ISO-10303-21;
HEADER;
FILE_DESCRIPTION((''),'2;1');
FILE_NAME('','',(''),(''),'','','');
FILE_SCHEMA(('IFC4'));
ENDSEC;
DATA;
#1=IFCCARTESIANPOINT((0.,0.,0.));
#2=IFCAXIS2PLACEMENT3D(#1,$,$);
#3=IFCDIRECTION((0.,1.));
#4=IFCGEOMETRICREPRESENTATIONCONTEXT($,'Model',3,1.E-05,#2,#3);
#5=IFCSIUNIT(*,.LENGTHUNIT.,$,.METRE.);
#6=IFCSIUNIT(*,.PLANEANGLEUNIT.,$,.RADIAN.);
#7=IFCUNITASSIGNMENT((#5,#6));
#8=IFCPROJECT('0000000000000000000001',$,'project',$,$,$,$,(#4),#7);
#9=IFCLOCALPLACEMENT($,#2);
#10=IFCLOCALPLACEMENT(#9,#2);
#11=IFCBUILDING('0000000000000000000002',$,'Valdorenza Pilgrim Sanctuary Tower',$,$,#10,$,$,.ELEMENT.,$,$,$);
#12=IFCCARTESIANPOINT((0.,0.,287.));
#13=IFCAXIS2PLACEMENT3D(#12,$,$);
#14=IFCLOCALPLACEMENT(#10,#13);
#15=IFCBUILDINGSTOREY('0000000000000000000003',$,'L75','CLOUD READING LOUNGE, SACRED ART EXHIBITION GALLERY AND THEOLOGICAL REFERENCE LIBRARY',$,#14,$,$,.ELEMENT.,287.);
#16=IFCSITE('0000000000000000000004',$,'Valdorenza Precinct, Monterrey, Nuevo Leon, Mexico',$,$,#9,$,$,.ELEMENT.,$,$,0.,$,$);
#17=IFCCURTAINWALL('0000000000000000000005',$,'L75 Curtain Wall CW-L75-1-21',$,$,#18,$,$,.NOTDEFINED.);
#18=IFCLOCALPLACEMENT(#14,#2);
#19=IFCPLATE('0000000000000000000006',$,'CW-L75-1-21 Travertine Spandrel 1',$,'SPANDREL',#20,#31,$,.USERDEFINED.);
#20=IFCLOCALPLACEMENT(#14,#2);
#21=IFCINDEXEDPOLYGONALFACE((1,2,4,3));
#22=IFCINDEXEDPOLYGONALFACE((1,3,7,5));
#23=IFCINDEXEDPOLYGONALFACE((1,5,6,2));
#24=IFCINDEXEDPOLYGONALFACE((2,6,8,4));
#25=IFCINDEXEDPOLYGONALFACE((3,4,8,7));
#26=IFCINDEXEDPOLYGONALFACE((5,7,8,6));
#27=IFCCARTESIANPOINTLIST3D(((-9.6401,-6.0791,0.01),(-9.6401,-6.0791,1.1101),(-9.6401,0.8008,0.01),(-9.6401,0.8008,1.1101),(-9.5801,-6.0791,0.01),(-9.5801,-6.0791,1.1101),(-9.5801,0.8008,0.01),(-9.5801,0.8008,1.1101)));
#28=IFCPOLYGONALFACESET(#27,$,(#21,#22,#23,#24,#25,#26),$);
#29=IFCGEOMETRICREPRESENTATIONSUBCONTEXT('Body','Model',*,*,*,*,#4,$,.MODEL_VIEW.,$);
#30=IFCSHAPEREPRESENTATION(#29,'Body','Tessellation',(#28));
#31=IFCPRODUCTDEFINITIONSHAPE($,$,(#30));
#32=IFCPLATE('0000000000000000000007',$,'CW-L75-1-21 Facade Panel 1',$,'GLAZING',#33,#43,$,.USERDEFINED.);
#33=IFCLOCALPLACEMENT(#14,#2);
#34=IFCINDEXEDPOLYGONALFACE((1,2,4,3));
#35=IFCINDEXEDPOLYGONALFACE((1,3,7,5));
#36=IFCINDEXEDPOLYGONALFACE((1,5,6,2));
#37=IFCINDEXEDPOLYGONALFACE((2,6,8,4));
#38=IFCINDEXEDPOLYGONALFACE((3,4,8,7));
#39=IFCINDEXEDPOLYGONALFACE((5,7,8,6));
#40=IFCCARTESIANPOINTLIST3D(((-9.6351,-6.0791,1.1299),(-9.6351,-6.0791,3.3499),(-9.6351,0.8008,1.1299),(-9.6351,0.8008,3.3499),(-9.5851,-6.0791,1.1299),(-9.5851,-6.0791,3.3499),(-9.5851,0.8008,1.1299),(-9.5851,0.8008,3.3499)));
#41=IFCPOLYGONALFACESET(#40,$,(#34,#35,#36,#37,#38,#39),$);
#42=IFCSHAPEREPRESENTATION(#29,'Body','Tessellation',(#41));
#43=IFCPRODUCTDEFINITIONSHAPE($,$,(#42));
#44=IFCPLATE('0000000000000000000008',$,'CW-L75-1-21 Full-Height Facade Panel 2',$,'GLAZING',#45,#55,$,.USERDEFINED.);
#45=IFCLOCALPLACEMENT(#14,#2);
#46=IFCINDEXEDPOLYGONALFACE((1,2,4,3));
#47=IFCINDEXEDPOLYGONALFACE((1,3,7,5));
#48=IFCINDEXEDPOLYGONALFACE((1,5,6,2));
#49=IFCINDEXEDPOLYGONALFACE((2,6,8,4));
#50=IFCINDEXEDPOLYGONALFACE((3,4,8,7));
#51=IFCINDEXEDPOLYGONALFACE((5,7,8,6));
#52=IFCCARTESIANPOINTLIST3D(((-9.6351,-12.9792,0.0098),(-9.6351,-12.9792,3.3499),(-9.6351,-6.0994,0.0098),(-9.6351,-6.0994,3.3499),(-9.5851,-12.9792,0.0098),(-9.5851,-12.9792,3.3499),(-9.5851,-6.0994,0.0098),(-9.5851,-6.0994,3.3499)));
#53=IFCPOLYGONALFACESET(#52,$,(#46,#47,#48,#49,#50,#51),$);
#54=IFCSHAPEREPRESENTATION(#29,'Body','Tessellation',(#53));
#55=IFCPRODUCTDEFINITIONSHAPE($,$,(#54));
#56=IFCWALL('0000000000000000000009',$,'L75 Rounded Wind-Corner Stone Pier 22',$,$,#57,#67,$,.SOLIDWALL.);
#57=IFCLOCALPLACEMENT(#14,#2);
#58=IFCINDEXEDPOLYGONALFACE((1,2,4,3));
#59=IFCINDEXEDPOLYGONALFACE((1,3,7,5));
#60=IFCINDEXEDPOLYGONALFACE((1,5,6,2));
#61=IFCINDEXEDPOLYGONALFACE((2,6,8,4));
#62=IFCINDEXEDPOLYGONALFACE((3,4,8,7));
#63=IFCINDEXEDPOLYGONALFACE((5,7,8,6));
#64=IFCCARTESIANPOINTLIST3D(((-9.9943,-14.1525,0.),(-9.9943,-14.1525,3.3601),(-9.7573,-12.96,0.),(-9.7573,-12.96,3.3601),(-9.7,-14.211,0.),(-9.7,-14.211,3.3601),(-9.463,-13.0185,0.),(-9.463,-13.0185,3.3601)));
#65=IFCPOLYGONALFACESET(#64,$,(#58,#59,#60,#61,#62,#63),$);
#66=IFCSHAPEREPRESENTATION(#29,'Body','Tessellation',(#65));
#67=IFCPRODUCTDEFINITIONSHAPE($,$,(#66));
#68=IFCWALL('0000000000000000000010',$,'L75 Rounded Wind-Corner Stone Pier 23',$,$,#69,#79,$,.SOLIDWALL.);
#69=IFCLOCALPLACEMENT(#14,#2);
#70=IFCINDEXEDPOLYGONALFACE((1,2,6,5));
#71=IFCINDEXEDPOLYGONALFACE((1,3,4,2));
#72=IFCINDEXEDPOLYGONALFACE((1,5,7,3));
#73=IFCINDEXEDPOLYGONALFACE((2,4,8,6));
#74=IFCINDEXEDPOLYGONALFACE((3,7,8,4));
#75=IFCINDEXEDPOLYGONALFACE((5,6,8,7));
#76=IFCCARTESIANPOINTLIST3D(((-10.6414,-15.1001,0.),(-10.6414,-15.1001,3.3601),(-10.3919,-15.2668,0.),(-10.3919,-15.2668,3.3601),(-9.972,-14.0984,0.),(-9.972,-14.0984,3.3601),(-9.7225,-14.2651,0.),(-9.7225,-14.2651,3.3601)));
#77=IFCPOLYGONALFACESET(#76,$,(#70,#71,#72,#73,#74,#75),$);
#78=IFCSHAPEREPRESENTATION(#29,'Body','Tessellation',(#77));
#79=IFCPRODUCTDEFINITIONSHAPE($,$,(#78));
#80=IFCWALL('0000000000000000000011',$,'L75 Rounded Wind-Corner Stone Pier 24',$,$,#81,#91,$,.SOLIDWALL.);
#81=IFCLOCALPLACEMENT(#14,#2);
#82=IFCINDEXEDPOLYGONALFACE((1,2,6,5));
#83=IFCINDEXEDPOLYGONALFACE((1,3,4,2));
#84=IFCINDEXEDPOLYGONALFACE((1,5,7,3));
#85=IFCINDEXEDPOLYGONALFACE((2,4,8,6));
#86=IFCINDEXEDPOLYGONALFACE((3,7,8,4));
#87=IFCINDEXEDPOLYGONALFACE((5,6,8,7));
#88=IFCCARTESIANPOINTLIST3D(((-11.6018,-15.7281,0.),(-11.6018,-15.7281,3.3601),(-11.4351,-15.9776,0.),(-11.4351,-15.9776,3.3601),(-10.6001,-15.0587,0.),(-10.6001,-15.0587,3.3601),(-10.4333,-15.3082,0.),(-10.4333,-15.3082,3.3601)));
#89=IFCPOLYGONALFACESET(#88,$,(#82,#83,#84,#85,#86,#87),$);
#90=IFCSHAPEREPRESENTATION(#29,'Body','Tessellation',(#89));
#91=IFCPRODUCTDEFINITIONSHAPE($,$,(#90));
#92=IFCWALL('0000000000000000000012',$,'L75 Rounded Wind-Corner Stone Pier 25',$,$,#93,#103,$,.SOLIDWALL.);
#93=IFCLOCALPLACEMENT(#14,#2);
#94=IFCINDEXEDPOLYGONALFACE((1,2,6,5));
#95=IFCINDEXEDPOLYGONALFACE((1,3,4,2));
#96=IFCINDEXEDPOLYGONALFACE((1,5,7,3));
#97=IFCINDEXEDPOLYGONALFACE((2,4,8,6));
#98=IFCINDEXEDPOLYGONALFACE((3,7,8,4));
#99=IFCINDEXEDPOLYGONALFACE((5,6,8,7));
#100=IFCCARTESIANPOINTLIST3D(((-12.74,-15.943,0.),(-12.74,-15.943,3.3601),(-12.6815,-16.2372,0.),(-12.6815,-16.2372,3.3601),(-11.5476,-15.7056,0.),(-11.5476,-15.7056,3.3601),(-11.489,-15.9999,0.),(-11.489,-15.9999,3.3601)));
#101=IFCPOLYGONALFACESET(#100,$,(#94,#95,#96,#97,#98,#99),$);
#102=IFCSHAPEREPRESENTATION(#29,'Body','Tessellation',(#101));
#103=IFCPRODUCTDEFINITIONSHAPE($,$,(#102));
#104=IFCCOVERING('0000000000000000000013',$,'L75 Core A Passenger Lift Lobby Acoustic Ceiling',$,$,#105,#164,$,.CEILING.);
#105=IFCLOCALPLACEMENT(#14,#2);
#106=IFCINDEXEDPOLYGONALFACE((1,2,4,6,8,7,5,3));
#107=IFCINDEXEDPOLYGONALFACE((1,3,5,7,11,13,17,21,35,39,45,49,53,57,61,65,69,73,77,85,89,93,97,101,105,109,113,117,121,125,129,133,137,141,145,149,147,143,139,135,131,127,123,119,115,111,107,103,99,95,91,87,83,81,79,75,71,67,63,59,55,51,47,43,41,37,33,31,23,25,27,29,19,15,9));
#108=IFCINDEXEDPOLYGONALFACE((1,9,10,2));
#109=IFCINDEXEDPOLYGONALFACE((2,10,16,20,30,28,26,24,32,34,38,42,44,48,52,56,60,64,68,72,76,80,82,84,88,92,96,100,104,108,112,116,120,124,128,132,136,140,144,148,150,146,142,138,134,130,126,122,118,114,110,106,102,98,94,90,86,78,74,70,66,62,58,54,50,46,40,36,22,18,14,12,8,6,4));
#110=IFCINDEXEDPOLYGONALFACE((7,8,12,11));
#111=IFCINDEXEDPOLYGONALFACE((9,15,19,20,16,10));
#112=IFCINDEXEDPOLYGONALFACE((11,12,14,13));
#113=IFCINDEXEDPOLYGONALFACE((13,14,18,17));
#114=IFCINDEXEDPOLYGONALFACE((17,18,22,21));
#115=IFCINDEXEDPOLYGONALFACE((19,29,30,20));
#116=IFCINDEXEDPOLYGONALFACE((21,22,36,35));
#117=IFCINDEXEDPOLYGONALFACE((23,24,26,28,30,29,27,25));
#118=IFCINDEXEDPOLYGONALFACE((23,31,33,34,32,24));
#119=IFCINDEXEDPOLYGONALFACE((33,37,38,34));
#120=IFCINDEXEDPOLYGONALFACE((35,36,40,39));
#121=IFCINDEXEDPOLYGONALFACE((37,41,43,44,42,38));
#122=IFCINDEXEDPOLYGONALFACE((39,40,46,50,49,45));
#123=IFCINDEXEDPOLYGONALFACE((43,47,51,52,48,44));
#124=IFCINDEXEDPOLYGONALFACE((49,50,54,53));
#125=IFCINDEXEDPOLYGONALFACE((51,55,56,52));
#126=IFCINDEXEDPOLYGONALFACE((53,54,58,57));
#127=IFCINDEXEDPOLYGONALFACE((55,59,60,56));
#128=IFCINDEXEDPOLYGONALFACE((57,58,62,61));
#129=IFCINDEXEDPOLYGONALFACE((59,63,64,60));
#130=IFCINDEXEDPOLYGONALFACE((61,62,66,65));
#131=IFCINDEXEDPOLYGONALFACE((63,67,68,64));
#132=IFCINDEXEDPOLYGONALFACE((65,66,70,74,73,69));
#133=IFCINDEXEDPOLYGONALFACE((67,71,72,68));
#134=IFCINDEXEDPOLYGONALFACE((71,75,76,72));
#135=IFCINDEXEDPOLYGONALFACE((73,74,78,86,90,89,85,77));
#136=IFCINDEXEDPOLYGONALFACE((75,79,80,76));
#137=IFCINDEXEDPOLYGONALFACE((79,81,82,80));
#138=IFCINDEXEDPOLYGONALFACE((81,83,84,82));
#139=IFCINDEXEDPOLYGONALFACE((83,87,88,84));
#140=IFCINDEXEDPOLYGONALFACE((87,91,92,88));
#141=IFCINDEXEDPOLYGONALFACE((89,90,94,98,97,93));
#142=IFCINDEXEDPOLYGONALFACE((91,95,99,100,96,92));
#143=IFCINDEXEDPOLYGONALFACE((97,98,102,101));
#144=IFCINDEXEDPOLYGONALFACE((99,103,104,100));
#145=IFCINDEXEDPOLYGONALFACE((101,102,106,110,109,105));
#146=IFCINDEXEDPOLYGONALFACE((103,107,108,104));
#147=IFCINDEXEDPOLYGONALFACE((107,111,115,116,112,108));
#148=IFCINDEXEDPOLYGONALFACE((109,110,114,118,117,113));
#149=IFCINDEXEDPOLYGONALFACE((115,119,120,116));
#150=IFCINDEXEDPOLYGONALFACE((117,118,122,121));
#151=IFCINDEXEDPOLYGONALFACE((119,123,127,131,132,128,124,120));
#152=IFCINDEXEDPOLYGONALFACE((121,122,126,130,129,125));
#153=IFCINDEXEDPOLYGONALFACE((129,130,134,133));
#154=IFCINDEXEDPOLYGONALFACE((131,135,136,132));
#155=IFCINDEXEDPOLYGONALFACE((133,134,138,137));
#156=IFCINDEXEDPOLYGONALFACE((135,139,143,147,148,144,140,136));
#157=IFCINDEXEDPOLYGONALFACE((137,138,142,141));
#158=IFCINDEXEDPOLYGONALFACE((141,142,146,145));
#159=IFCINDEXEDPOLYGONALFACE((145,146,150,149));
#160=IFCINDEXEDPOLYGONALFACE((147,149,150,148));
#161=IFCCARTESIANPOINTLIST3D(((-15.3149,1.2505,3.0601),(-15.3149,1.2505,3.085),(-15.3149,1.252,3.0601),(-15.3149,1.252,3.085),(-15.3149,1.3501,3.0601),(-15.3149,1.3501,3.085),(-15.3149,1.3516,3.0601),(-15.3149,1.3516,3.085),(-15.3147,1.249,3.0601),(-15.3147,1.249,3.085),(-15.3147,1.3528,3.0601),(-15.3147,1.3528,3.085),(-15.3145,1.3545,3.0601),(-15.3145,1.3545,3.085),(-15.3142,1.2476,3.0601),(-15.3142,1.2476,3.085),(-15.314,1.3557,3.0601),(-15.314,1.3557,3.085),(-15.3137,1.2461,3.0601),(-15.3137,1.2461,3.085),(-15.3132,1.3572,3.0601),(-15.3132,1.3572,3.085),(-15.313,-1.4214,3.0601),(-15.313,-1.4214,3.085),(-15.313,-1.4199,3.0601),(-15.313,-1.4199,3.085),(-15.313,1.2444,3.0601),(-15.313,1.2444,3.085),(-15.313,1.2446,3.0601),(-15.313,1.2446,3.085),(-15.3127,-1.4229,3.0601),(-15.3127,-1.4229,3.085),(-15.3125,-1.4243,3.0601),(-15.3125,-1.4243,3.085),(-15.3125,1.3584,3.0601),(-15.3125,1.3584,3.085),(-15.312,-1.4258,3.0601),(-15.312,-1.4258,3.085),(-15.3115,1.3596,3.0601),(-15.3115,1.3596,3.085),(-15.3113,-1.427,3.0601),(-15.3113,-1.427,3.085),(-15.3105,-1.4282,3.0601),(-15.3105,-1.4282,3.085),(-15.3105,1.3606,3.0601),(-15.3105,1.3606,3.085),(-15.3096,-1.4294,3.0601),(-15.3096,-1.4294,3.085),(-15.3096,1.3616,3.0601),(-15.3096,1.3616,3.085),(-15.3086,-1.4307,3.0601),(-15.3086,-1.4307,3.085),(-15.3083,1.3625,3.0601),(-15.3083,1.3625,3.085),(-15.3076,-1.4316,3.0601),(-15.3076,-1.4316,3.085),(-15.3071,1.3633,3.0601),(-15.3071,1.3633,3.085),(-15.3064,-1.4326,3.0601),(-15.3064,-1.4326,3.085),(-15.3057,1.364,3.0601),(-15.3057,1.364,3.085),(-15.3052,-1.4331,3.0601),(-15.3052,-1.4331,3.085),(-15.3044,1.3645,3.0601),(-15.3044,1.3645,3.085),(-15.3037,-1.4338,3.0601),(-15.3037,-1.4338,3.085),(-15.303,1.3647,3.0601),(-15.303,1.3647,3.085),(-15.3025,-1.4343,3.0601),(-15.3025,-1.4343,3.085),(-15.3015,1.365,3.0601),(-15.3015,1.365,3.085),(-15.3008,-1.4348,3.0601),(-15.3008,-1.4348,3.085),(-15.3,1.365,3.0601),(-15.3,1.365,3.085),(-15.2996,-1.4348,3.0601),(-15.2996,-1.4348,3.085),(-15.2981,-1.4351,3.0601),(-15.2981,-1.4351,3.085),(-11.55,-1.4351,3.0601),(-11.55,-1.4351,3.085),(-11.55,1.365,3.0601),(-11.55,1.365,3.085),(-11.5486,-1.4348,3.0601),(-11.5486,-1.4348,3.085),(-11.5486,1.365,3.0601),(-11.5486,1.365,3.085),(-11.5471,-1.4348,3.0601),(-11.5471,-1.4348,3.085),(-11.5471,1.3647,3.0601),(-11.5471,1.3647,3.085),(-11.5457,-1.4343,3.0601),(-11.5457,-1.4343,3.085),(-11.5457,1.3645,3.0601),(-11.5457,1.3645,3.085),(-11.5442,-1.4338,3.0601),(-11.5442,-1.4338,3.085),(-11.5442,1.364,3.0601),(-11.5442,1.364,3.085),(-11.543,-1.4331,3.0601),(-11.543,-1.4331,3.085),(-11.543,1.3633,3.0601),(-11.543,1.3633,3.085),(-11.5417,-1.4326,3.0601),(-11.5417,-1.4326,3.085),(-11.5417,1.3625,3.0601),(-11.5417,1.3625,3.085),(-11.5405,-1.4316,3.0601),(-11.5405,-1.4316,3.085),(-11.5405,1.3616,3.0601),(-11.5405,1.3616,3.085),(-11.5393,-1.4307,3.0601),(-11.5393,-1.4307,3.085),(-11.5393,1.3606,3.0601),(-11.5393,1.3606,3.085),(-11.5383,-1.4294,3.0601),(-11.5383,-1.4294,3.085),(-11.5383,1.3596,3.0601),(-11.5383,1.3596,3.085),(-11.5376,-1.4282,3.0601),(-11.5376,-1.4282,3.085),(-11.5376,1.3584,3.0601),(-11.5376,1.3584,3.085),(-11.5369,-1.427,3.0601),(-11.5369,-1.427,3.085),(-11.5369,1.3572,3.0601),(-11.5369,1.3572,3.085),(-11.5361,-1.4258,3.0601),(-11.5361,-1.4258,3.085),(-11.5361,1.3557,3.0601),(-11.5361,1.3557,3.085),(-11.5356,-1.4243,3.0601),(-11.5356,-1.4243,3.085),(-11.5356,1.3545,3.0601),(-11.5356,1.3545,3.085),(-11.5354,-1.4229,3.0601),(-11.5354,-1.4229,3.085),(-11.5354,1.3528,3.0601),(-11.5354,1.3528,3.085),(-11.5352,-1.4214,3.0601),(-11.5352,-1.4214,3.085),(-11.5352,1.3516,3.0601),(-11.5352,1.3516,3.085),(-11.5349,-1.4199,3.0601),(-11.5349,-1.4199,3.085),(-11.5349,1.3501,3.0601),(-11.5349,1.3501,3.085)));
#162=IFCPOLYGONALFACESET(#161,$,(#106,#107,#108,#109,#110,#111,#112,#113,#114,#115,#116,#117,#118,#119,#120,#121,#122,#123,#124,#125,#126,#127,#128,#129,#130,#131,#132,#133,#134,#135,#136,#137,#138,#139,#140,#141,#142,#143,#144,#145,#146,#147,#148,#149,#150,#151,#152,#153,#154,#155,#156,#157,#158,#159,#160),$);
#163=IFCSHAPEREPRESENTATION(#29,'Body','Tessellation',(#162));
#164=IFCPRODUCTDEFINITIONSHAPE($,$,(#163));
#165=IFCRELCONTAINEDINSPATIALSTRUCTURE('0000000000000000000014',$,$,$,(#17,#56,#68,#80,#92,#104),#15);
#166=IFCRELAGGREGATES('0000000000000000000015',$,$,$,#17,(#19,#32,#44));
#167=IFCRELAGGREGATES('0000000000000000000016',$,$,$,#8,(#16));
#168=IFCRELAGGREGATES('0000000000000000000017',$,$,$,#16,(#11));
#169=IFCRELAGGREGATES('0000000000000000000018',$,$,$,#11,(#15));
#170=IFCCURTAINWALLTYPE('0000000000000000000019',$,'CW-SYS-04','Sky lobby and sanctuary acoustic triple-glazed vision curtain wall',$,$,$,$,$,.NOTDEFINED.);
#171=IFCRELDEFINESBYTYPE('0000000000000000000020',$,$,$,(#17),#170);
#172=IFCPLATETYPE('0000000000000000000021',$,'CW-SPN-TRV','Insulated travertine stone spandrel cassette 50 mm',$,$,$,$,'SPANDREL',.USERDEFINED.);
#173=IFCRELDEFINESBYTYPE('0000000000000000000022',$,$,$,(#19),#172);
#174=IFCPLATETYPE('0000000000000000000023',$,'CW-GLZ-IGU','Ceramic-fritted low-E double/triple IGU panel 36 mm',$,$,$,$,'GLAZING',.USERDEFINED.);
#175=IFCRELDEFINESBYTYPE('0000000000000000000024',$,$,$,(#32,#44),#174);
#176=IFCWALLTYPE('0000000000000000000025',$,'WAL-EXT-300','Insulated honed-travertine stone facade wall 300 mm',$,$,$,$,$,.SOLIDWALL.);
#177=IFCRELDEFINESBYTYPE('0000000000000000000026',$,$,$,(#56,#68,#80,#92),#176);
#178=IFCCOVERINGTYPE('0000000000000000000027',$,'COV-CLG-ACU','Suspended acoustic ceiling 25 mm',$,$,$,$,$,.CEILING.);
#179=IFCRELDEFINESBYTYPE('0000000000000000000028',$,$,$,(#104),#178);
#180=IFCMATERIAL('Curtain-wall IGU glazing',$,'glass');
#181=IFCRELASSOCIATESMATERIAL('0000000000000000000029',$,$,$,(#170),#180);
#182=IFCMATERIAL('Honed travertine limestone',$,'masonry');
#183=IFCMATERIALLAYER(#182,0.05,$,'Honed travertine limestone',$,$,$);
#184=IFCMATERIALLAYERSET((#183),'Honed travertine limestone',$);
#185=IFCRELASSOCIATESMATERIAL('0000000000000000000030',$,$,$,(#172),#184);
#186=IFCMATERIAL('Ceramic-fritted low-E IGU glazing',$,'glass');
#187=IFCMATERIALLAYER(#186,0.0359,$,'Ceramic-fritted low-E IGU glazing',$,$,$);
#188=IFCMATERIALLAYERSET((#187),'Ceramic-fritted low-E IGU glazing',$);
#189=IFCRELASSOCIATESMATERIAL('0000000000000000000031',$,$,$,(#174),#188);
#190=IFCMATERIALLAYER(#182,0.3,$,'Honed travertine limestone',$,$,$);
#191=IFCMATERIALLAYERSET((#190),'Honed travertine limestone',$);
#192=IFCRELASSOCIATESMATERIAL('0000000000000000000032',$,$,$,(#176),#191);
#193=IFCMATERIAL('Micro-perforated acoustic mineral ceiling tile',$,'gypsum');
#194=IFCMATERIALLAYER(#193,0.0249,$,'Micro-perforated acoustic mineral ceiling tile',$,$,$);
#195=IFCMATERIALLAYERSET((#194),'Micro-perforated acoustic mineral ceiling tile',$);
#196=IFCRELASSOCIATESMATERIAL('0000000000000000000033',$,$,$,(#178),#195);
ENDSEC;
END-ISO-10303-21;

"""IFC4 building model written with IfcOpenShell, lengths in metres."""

from ifc_helpers import new_model, si_unit, direction, frame, frame_2d, origin, origin_2d, place, context, subcontext, project, spatial, polyline, rectangle, outline, extrude, source, transform, mapped, material, layer, layer_set, type_object, element, aggregate, save


model = new_model("IFC4")

# Units and contexts
model_context = context("Model", 3, precision=1e-05, world=origin(), true_north=direction((0.0, 1.0)))
body_context = subcontext(model_context, "Body", "Model", "MODEL_VIEW")
ifc_project = project(units=[si_unit("LENGTHUNIT", "METRE"), si_unit("PLANEANGLEUNIT", "RADIAN")], contexts=[model_context])

# Site, building, storey
site_placement = place(None, origin())
site = spatial("IfcSite", under=ifc_project, at=site_placement, Name="Valdorenza Precinct, Monterrey, Nuevo Leon, Mexico", CompositionType="ELEMENT", RefElevation=0.0)
building_placement = place(site_placement, origin())
building = spatial("IfcBuilding", under=site, at=building_placement, Name="Valdorenza Pilgrim Sanctuary Tower", CompositionType="ELEMENT")
storey_placement = place(building_placement, frame((0.0, 0.0, 287.0)))
storey = spatial("IfcBuildingStorey", under=building, at=storey_placement, Name="L75", Description="CLOUD READING LOUNGE, SACRED ART EXHIBITION GALLERY AND THEOLOGICAL REFERENCE LIBRARY", CompositionType="ELEMENT", Elevation=287.0)

# Curtain wall
ifc_material_1 = material(Name="Curtain-wall IGU glazing", Category="glass")
curtain_wall_type = type_object("IfcCurtainWallType", Name="CW-SYS-04", Description="Sky lobby and sanctuary acoustic triple-glazed vision curtain wall", PredefinedType="NOTDEFINED", material=ifc_material_1)
curtain_wall_placement = place(storey_placement, origin())
curtain_wall = element("IfcCurtainWall", 1, at=curtain_wall_placement, inside=storey, type_object=curtain_wall_type, Name="L75 Curtain Wall CW-L75-1-21", PredefinedType="NOTDEFINED")

# Plates
ifc_material_2 = material(Name="Honed travertine limestone", Category="masonry")
ifc_layer_1 = layer(ifc_material_2, 0.05, Name="Honed travertine limestone")
ifc_layer_set_1 = layer_set([ifc_layer_1], Name="Honed travertine limestone")
plate_type_1 = type_object("IfcPlateType", Name="CW-SPN-TRV", Description="Insulated travertine stone spandrel cassette 50 mm", ElementType="SPANDREL", PredefinedType="USERDEFINED", material=ifc_layer_set_1)
shared_shape_1 = source(origin(), body_context, "Body", "SweptSolid", [
    extrude(rectangle(XDim=6.8799, YDim=0.0601, at=origin_2d()), origin(), (0.0, 0.0, 1.0), 1.1001),
])
plate_1_placement = place(storey_placement, frame((-9.6101, -2.6392, 0.01), z_axis=(0.0, 0.0, 1.0), x_axis=(0.0, -1.0, 0.0)))
plate_1 = element("IfcPlate", 2, at=plate_1_placement, type_object=plate_type_1, Name="CW-L75-1-21 Travertine Spandrel 1", ObjectType="SPANDREL", PredefinedType="USERDEFINED", context=body_context, shape_type="MappedRepresentation", body=[
    mapped(shared_shape_1, transform((0.0, 0.0, 0.0), x_axis=(1.0, 0.0, 0.0), y_axis=(0.0, 1.0, 0.0), z_axis=(0.0, 0.0, 1.0), scale=1.0)),
])
ifc_material_3 = material(Name="Ceramic-fritted low-E IGU glazing", Category="glass")
ifc_layer_2 = layer(ifc_material_3, 0.0359, Name="Ceramic-fritted low-E IGU glazing")
ifc_layer_set_2 = layer_set([ifc_layer_2], Name="Ceramic-fritted low-E IGU glazing")
plate_type_2 = type_object("IfcPlateType", Name="CW-GLZ-IGU", Description="Ceramic-fritted low-E double/triple IGU panel 36 mm", ElementType="GLAZING", PredefinedType="USERDEFINED", material=ifc_layer_set_2)
shared_shape_2 = source(origin(), body_context, "Body", "SweptSolid", [
    extrude(rectangle(XDim=6.8799, YDim=0.05, at=origin_2d()), origin(), (0.0, 0.0, 1.0), 2.22),
])
plate_2_placement = place(storey_placement, frame((-9.6101, -2.6392, 1.1299), z_axis=(0.0, 0.0, 1.0), x_axis=(0.0, -1.0, 0.0)))
plate_2 = element("IfcPlate", 3, at=plate_2_placement, type_object=plate_type_2, Name="CW-L75-1-21 Facade Panel 1", ObjectType="GLAZING", PredefinedType="USERDEFINED", context=body_context, shape_type="MappedRepresentation", body=[
    mapped(shared_shape_2, transform((0.0, 0.0, 0.0), x_axis=(1.0, 0.0, 0.0), y_axis=(0.0, 1.0, 0.0), z_axis=(0.0, 0.0, 1.0), scale=1.0)),
])
shared_shape_3 = source(origin(), body_context, "Body", "SweptSolid", [
    extrude(rectangle(XDim=6.8799, YDim=0.05, at=origin_2d()), origin(), (0.0, 0.0, 1.0), 3.3401),
])
plate_3_placement = place(storey_placement, frame((-9.6101, -9.5393, 0.0098), z_axis=(0.0, 0.0, 1.0), x_axis=(0.0, -1.0, 0.0)))
plate_3 = element("IfcPlate", 4, at=plate_3_placement, type_object=plate_type_2, Name="CW-L75-1-21 Full-Height Facade Panel 2", ObjectType="GLAZING", PredefinedType="USERDEFINED", context=body_context, shape_type="MappedRepresentation", body=[
    mapped(shared_shape_3, transform((0.0, 0.0, 0.0), x_axis=(1.0, 0.0, 0.0), y_axis=(0.0, 1.0, 0.0), z_axis=(0.0, 0.0, 1.0), scale=1.0)),
])
aggregate(curtain_wall, [plate_1, plate_2, plate_3])

# Walls
ifc_layer_3 = layer(ifc_material_2, 0.3, Name="Honed travertine limestone")
ifc_layer_set_3 = layer_set([ifc_layer_3], Name="Honed travertine limestone")
wall_type = type_object("IfcWallType", Name="WAL-EXT-300", Description="Insulated honed-travertine stone facade wall 300 mm", PredefinedType="SOLIDWALL", material=ifc_layer_set_3)
wall_1_placement = place(storey_placement, frame((-9.6101, -12.9893, 0.0), z_axis=(0.0, 0.0, 1.0), x_axis=(-0.194996, -0.980804, 0.0)))
element("IfcWall", 5, at=wall_1_placement, inside=storey, type_object=wall_type, Name="L75 Rounded Wind-Corner Stone Pier 22", PredefinedType="SOLIDWALL", context=body_context, shape_type="SweptSolid", body=[
    extrude(rectangle(XDim=1.2158, YDim=0.3, at=frame_2d((0.6079, 0.0))), origin(), (0.0, 0.0, 1.0), 3.3601),
])
for number, where, z_axis, x_axis, name in (
    (6, (-9.8472, -14.1816, 0.0), (0.0, 0.0, 1.0), (-0.555635, -0.831426, 0.0), "L75 Rounded Wind-Corner Stone Pier 23"),
    (7, (-10.5166, -15.1833, 0.0), (0.0, 0.0, 1.0), (-0.831426, -0.555635, 0.0), "L75 Rounded Wind-Corner Stone Pier 24"),
):
    element("IfcWall", number, at=place(storey_placement, frame(where, z_axis=z_axis, x_axis=x_axis)), inside=storey, type_object=wall_type, Name=name, PredefinedType="SOLIDWALL", context=body_context, shape_type="SweptSolid", body=[
        extrude(rectangle(XDim=1.2048, YDim=0.3, at=frame_2d((0.6025, 0.0))), origin(), (0.0, 0.0, 1.0), 3.3601),
    ])
wall_2_placement = place(storey_placement, frame((-11.5183, -15.8528, 0.0), z_axis=(0.0, 0.0, 1.0), x_axis=(-0.980766, -0.195189, 0.0)))
element("IfcWall", 8, at=wall_2_placement, inside=storey, type_object=wall_type, Name="L75 Rounded Wind-Corner Stone Pier 25", PredefinedType="SOLIDWALL", context=body_context, shape_type="SweptSolid", body=[
    extrude(rectangle(XDim=1.2158, YDim=0.3, at=frame_2d((0.6079, 0.0))), origin(), (0.0, 0.0, 1.0), 3.3601),
])

# Covering
ifc_material_4 = material(Name="Micro-perforated acoustic mineral ceiling tile", Category="gypsum")
ifc_layer_4 = layer(ifc_material_4, 0.0249, Name="Micro-perforated acoustic mineral ceiling tile")
ifc_layer_set_4 = layer_set([ifc_layer_4], Name="Micro-perforated acoustic mineral ceiling tile")
covering_type_1 = type_object("IfcCoveringType", Name="COV-CLG-ACU", Description="Suspended acoustic ceiling 25 mm", PredefinedType="CEILING", material=ifc_layer_set_4)
covering_1_placement = place(storey_placement, frame((0.0, 0.0, 3.0601)))
element("IfcCovering", 9, at=covering_1_placement, inside=storey, type_object=covering_type_1, Name="L75 Core A Passenger Lift Lobby Acoustic Ceiling", PredefinedType="CEILING", context=body_context, shape_type="SweptSolid", body=[
    extrude(outline(polyline([(-15.3149, 1.3501), (-15.3149, 1.3516), (-15.3147, 1.3528), (-15.3145, 1.3545), (-15.314, 1.3557), (-15.3132, 1.3572), (-15.3125, 1.3584), (-15.3115, 1.3596), (-15.3105, 1.3606), (-15.3096, 1.3616), (-15.3083, 1.3625), (-15.3071, 1.3633), (-15.3057, 1.364), (-15.3044, 1.3645), (-15.303, 1.3647), (-15.3015, 1.365), (-15.3, 1.365), (-11.55, 1.365), (-11.5486, 1.365), (-11.5471, 1.3647), (-11.5457, 1.3645), (-11.5442, 1.364), (-11.543, 1.3633), (-11.5417, 1.3625), (-11.5405, 1.3616), (-11.5393, 1.3606), (-11.5383, 1.3596), (-11.5376, 1.3584), (-11.5369, 1.3572), (-11.5361, 1.3557), (-11.5356, 1.3545), (-11.5354, 1.3528), (-11.5352, 1.3516), (-11.5349, 1.3501), (-11.5349, -1.4199), (-11.5352, -1.4214), (-11.5354, -1.4229), (-11.5356, -1.4243), (-11.5361, -1.4258), (-11.5369, -1.427), (-11.5376, -1.4282), (-11.5383, -1.4294), (-11.5393, -1.4307), (-11.5405, -1.4316), (-11.5417, -1.4326), (-11.543, -1.4331), (-11.5442, -1.4338), (-11.5457, -1.4343), (-11.5471, -1.4348), (-11.5486, -1.4348), (-11.55, -1.4351), (-15.2981, -1.4351), (-15.2996, -1.4348), (-15.3008, -1.4348), (-15.3025, -1.4343), (-15.3037, -1.4338), (-15.3052, -1.4331), (-15.3064, -1.4326), (-15.3076, -1.4316), (-15.3086, -1.4307), (-15.3096, -1.4294), (-15.3105, -1.4282), (-15.3113, -1.427), (-15.312, -1.4258), (-15.3125, -1.4243), (-15.3127, -1.4229), (-15.313, -1.4214), (-15.313, -1.4199), (-15.313, 1.2444), (-15.313, 1.2446), (-15.3137, 1.2461), (-15.3142, 1.2476), (-15.3147, 1.249), (-15.3149, 1.2505), (-15.3149, 1.252), (-15.3149, 1.3501)])), origin(), (0.0, 0.0, 1.0), 0.0249),
])

save(model, "model.ifc")
